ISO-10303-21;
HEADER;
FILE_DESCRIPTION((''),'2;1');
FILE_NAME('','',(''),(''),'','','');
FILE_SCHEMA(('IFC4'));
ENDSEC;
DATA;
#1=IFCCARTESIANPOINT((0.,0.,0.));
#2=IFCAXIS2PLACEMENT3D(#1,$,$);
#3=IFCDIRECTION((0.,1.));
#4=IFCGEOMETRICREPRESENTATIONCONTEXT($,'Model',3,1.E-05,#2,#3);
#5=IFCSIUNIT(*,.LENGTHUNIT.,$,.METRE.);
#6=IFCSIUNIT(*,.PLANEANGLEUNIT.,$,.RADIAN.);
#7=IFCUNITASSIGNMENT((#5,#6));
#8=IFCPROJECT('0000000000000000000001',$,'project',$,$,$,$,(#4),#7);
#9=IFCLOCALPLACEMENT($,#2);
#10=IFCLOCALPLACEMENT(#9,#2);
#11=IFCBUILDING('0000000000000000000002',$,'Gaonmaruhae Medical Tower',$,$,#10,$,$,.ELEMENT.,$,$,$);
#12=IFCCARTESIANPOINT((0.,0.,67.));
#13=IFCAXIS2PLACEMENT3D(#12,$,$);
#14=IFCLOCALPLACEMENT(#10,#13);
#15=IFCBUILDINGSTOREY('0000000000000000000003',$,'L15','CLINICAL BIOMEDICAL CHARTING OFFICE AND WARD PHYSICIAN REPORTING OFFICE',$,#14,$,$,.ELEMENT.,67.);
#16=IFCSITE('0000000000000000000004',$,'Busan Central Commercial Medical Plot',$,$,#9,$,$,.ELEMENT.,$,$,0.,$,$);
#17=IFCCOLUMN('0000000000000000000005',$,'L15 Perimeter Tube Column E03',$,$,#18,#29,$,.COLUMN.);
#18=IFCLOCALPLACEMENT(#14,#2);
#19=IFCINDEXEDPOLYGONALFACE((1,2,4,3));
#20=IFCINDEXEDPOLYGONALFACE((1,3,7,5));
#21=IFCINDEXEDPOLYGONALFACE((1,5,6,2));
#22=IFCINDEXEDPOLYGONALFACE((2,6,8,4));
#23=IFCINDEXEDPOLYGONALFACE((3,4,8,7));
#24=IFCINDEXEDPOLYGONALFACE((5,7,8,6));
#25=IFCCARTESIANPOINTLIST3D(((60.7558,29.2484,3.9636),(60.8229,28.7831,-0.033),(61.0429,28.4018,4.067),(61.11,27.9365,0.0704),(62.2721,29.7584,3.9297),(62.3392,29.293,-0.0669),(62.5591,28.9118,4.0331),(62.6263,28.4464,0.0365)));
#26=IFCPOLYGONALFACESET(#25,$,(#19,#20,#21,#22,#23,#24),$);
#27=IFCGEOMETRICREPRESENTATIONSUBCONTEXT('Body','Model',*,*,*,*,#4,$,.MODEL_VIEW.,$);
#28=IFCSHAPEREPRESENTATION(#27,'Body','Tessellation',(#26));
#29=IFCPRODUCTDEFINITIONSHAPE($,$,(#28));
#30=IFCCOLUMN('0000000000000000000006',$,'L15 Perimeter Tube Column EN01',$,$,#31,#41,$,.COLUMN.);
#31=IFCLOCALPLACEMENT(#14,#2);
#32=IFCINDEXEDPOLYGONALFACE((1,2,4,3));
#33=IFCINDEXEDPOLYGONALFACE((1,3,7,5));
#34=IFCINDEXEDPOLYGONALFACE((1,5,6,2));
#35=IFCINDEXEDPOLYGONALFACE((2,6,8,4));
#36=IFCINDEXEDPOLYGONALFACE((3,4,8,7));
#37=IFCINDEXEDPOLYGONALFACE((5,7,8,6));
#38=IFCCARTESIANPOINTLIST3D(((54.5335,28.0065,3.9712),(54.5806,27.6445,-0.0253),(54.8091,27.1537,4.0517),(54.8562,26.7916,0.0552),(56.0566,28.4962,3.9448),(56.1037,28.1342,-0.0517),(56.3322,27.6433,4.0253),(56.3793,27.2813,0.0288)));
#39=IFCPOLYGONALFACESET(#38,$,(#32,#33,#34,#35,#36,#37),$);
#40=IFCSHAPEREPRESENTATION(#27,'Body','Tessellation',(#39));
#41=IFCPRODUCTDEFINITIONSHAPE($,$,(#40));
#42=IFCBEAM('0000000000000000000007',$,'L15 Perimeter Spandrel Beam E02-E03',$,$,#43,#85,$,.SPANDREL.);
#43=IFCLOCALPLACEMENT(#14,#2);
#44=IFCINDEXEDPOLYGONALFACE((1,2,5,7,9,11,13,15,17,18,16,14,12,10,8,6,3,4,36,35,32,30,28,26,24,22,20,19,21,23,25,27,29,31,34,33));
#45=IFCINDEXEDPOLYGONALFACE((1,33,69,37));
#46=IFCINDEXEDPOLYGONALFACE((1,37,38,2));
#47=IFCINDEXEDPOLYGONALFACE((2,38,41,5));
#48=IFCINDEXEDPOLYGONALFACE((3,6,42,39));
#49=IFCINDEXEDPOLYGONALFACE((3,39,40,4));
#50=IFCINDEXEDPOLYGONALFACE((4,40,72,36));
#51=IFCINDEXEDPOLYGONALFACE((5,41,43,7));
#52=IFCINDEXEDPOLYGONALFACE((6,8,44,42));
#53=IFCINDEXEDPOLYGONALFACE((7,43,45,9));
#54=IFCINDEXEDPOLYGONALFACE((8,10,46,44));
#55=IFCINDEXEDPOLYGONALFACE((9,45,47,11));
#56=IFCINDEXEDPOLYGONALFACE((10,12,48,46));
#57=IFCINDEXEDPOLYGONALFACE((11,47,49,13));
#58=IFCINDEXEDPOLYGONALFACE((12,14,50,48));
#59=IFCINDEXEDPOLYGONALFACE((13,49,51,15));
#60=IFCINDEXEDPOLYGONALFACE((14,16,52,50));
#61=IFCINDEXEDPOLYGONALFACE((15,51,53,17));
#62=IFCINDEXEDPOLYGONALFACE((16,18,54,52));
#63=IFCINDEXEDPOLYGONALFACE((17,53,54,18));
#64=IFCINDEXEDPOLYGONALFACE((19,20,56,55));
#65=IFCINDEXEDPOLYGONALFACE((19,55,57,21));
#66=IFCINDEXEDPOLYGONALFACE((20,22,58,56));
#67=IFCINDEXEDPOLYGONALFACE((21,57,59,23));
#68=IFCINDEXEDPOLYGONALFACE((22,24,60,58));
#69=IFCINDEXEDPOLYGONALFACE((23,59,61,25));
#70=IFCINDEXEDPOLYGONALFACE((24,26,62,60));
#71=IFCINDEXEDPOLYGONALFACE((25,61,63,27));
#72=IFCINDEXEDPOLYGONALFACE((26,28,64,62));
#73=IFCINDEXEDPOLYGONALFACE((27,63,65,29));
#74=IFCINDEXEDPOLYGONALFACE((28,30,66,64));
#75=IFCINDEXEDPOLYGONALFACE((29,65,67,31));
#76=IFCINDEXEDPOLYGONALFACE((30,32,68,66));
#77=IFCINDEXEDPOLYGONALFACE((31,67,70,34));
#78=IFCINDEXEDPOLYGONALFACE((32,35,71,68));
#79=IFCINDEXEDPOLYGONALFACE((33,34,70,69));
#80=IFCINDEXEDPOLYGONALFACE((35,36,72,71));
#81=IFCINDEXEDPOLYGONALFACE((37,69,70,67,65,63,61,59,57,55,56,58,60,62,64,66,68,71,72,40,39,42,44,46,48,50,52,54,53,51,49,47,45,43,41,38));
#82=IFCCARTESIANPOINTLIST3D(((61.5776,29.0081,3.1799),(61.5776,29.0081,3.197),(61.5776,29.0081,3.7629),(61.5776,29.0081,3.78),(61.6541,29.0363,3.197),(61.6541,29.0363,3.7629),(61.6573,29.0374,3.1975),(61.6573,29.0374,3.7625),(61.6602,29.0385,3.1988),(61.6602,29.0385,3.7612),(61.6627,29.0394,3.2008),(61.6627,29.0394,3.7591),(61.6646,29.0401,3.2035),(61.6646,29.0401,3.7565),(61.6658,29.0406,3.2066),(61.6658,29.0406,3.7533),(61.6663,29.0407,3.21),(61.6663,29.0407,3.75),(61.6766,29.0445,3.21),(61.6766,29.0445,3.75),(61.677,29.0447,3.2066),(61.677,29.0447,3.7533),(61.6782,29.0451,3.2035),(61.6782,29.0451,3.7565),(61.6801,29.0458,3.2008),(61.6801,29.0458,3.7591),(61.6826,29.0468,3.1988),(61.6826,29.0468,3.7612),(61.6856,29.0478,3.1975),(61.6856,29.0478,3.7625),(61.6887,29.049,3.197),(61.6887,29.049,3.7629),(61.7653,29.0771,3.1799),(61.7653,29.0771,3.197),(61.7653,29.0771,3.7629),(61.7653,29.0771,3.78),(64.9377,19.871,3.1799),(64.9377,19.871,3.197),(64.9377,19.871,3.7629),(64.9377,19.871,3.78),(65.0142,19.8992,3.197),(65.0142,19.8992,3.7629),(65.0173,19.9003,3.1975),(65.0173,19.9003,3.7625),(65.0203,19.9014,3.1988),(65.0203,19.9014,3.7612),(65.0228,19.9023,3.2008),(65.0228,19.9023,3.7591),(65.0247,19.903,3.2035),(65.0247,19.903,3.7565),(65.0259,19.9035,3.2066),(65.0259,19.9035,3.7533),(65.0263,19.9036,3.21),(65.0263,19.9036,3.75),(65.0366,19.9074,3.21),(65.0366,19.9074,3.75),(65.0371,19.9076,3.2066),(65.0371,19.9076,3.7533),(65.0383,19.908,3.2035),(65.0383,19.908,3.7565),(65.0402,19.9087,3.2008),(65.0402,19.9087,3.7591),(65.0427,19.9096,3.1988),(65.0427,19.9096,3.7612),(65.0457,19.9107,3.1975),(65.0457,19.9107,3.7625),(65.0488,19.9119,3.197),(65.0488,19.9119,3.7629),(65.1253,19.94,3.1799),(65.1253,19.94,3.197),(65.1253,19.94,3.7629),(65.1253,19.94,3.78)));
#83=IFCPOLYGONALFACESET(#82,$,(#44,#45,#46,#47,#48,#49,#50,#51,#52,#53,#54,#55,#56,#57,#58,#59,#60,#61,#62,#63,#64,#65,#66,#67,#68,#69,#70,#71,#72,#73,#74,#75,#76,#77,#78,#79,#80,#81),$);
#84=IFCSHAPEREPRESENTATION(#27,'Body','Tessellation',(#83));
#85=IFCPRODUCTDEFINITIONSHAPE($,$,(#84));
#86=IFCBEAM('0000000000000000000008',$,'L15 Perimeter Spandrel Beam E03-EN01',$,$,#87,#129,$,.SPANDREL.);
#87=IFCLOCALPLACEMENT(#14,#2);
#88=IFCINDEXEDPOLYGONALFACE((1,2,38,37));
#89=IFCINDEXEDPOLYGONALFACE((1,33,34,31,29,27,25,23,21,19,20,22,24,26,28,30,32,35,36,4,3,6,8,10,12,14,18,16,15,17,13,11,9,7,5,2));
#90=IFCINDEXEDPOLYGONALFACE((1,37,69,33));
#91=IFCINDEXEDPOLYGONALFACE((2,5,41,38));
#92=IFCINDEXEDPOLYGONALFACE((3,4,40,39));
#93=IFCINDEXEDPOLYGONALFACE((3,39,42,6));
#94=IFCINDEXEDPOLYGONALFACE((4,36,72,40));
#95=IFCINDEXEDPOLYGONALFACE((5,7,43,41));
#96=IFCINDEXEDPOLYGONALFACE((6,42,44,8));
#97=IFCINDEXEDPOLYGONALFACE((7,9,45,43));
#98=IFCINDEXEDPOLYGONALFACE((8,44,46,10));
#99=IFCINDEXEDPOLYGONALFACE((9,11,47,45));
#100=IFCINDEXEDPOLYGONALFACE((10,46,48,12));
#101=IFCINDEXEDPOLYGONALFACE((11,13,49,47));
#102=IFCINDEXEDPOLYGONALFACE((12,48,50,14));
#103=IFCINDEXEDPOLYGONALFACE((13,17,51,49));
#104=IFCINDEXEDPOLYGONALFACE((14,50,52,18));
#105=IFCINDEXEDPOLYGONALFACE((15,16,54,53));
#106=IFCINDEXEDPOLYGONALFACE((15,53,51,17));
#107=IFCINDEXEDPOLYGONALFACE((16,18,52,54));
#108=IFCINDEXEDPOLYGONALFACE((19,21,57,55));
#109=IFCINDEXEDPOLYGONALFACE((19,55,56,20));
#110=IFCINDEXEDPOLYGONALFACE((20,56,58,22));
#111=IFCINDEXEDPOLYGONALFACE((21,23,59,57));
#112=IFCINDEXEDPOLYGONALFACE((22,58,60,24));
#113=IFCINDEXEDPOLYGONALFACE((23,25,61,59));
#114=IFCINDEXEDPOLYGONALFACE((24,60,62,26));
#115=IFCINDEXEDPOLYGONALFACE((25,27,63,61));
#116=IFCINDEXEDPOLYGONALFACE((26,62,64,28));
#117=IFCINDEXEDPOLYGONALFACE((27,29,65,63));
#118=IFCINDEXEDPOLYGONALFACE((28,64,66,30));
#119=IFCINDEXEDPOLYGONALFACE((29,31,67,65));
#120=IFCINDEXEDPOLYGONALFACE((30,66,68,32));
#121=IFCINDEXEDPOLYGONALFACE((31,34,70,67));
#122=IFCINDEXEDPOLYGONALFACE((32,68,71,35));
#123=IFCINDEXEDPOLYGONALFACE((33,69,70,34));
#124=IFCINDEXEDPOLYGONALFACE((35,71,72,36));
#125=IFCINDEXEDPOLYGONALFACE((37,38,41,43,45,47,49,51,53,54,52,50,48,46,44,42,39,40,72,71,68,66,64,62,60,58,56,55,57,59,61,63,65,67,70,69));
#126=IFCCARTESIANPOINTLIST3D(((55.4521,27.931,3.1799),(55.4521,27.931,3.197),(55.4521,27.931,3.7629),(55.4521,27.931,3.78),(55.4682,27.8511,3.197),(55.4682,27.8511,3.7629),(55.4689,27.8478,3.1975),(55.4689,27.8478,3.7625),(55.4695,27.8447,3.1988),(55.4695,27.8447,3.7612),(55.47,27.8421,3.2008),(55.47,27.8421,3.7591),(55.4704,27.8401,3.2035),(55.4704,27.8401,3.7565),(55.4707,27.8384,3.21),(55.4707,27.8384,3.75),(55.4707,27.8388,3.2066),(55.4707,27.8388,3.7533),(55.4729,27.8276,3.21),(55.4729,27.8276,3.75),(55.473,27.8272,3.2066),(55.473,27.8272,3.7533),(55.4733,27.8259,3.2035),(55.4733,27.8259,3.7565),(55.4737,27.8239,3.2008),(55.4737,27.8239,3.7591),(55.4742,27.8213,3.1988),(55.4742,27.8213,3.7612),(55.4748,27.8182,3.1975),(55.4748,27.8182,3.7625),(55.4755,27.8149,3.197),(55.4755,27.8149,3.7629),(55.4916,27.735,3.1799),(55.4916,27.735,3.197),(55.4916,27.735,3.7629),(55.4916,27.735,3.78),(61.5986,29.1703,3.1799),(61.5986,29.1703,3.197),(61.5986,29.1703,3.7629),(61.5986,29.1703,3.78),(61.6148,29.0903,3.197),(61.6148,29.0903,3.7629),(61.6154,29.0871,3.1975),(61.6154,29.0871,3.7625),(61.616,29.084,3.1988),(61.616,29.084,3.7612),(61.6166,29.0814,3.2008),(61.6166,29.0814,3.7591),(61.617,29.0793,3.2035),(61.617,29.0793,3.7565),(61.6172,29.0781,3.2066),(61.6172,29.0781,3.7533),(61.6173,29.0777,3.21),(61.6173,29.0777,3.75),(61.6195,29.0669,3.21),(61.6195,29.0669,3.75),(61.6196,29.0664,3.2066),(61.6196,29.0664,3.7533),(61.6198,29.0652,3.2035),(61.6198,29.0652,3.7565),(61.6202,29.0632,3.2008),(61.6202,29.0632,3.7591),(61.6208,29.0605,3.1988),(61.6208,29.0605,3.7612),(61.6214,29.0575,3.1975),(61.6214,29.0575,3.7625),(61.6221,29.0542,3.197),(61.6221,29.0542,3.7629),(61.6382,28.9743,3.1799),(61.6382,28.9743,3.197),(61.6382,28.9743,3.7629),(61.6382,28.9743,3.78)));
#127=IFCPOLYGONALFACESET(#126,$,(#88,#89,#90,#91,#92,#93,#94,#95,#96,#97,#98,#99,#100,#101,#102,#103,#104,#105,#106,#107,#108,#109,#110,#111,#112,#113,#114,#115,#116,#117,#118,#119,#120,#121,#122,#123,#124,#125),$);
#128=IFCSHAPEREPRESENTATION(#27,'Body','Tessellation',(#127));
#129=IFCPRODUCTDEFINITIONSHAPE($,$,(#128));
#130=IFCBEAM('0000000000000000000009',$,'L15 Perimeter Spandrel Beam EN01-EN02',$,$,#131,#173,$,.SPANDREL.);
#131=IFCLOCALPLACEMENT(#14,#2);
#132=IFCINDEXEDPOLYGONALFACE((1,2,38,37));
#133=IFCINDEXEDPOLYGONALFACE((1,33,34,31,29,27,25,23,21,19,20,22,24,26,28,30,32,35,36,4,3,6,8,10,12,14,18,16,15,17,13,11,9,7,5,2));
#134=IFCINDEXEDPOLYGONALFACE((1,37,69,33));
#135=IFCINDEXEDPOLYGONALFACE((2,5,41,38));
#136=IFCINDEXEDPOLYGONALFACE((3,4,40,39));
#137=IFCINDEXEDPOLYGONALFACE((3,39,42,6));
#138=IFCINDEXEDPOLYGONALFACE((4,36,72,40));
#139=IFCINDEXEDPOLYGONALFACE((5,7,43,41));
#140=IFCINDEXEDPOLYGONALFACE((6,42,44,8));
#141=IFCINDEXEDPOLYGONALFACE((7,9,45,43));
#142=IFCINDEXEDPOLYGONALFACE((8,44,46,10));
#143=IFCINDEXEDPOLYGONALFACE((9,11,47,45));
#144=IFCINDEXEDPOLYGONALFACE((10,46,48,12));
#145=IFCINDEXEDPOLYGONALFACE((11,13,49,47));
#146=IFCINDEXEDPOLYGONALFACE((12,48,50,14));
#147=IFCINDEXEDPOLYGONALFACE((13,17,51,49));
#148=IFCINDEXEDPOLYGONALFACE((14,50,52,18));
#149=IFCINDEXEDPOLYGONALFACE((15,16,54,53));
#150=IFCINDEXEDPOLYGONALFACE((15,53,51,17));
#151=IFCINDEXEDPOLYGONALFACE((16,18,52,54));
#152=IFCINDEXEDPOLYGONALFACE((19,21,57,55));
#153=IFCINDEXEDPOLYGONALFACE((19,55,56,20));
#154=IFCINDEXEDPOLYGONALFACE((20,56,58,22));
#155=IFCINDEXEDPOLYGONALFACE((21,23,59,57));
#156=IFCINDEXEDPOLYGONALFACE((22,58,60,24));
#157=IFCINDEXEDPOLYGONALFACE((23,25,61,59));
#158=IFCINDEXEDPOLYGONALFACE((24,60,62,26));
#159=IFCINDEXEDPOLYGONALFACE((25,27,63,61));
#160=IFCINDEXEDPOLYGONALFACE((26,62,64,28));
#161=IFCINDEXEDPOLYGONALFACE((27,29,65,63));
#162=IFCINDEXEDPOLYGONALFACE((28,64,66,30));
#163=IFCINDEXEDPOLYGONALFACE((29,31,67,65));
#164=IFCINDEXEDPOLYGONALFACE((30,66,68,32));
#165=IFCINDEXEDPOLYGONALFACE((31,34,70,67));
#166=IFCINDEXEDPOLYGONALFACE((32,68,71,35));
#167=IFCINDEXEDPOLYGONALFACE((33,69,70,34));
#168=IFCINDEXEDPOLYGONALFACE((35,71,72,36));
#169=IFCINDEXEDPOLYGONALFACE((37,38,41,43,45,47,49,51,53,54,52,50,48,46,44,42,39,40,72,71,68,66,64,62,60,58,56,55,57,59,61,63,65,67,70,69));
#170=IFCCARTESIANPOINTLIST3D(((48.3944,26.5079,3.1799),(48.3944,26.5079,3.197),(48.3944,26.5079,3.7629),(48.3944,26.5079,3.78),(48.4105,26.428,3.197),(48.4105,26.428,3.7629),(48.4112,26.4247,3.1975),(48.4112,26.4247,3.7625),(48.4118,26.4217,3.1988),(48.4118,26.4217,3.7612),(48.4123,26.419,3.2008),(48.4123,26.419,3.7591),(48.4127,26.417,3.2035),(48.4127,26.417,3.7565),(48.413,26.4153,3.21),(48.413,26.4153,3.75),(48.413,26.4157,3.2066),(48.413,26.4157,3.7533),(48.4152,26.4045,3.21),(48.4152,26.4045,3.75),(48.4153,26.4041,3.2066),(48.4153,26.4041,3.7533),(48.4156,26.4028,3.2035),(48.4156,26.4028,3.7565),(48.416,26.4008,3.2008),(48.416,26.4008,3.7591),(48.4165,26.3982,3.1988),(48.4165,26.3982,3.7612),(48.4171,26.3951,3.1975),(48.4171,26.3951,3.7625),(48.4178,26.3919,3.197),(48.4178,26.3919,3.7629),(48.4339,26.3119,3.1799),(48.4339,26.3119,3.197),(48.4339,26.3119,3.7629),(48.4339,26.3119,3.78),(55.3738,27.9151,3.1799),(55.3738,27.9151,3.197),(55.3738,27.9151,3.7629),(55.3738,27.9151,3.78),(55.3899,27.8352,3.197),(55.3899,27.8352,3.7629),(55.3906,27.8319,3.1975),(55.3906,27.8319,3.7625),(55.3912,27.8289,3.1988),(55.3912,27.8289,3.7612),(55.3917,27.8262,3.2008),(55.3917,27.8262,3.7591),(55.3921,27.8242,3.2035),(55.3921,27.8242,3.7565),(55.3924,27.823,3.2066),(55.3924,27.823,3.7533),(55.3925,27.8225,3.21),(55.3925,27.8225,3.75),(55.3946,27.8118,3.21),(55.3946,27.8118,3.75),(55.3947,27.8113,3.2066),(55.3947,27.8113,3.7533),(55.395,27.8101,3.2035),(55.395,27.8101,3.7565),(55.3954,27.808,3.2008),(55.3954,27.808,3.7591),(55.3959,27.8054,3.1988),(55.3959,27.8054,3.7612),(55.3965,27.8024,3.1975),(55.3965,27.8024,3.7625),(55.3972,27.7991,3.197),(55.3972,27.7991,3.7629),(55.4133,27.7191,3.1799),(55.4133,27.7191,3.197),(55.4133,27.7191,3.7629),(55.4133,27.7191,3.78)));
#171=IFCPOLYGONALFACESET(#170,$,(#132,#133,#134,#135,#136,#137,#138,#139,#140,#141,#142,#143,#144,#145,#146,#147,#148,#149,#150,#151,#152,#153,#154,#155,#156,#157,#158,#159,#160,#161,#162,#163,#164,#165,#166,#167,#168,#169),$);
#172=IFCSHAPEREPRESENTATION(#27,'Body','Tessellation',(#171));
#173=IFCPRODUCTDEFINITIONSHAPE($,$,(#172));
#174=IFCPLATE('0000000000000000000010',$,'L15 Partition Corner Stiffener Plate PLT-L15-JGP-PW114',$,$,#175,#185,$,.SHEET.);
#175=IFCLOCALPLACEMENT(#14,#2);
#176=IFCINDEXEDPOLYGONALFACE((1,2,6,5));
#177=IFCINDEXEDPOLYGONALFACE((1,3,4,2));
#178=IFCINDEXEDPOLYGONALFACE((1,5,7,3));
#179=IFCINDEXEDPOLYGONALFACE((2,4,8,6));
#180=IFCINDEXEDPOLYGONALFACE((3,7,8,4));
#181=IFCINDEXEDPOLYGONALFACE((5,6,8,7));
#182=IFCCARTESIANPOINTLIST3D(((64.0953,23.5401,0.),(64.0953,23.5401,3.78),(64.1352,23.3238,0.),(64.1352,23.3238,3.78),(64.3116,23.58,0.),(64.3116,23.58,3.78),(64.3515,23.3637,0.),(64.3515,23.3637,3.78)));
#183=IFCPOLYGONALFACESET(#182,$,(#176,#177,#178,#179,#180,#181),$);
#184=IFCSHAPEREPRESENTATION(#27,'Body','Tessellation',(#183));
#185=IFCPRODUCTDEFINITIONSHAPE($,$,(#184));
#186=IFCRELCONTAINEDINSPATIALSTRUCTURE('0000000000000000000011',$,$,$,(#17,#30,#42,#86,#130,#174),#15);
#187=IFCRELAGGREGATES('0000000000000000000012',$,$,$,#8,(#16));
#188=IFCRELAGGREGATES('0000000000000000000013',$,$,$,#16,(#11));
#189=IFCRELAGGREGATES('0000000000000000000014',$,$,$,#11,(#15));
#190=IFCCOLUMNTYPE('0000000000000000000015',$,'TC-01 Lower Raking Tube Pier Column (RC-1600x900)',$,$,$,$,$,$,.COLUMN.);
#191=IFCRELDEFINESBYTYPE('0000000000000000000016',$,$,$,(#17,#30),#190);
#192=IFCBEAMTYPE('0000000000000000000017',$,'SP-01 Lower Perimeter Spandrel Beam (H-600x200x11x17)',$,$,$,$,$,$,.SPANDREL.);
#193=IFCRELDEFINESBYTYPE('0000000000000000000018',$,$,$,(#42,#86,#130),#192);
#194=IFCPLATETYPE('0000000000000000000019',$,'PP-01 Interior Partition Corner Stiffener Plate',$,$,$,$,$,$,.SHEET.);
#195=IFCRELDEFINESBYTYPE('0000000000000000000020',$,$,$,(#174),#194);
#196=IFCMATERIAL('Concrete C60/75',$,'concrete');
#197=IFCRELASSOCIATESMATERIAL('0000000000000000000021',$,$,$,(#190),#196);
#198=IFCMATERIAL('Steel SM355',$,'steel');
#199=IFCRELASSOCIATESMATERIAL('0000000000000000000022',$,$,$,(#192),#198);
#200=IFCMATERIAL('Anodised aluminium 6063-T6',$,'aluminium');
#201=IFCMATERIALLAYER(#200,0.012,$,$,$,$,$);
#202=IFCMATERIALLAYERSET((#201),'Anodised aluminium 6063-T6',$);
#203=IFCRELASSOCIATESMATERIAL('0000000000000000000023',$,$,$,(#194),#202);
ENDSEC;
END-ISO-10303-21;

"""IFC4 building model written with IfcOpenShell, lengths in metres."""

from ifc_helpers import new_model, si_unit, direction, frame, origin, origin_2d, place, context, subcontext, project, spatial, rectangle, i_section, extrude, material, layer, layer_set, material_profile, profile_set, type_object, element, save


model = new_model("IFC4")

# Units and contexts
model_context = context("Model", 3, precision=1e-05, world=origin(), true_north=direction((0.0, 1.0)))
body_context = subcontext(model_context, "Body", "Model", "MODEL_VIEW")
ifc_project = project(units=[si_unit("LENGTHUNIT", "METRE"), si_unit("PLANEANGLEUNIT", "RADIAN")], contexts=[model_context])

# Site, building, storey
site_placement = place(None, origin())
site = spatial("IfcSite", under=ifc_project, at=site_placement, Name="Busan Central Commercial Medical Plot", CompositionType="ELEMENT", RefElevation=0.0)
building_placement = place(site_placement, origin())
building = spatial("IfcBuilding", under=site, at=building_placement, Name="Gaonmaruhae Medical Tower", CompositionType="ELEMENT")
storey_placement = place(building_placement, frame((0.0, 0.0, 67.0)))
storey = spatial("IfcBuildingStorey", under=building, at=storey_placement, Name="L15", Description="CLINICAL BIOMEDICAL CHARTING OFFICE AND WARD PHYSICIAN REPORTING OFFICE", CompositionType="ELEMENT", Elevation=67.0)

# Columns
ifc_material_1 = material(Name="Concrete C60/75", Category="concrete")
ifc_material_profile_1 = material_profile(ifc_material_1, rectangle(XDim=1.6001, YDim=0.8999, at=origin_2d()), Name="RC-1600x900")
ifc_profile_set_1 = profile_set([ifc_material_profile_1], Name="Concrete C60/75")
column_type = type_object("IfcColumnType", Name="TC-01 Lower Raking Tube Pier Column (RC-1600x900)", PredefinedType="COLUMN", material=ifc_profile_set_1)
column_1_placement = place(storey_placement, frame((61.7246, 28.6147, 0.0017), z_axis=(-0.016684, 0.115635, 0.993152), x_axis=(-0.947611, -0.318723, 0.021191)))
element("IfcColumn", 1, at=column_1_placement, inside=storey, type_object=column_type, Name="L15 Perimeter Tube Column E03", PredefinedType="COLUMN", context=body_context, shape_type="SweptSolid", body=[
    extrude(rectangle(XDim=1.6001, YDim=0.8999, at=origin_2d()), origin(), (0.0, 0.0, 1.0), 4.0242),
])
column_2_placement = place(storey_placement, frame((55.48, 27.4629, 0.0017), z_axis=(-0.011741, 0.090217, 0.995853), x_axis=(-0.95188, -0.306028, 0.016501)))
element("IfcColumn", 2, at=column_2_placement, inside=storey, type_object=column_type, Name="L15 Perimeter Tube Column EN01", PredefinedType="COLUMN", context=body_context, shape_type="SweptSolid", body=[
    extrude(rectangle(XDim=1.6001, YDim=0.8999, at=origin_2d()), origin(), (0.0, 0.0, 1.0), 4.0132),
])

# Beams
ifc_material_2 = material(Name="Steel SM355", Category="steel")
ifc_material_profile_2 = material_profile(ifc_material_2, i_section(OverallWidth=0.2, OverallDepth=0.6001, WebThickness=0.011, FlangeThickness=0.0171, FilletRadius=0.0129, at=origin_2d()), Name="H-600x200x11x17")
ifc_profile_set_2 = profile_set([ifc_material_profile_2], Name="Steel SM355")
beam_type = type_object("IfcBeamType", Name="SP-01 Lower Perimeter Spandrel Beam (H-600x200x11x17)", PredefinedType="SPANDREL", material=ifc_profile_set_2)
beam_1_placement = place(storey_placement, frame((65.0315, 19.9055, 3.48), z_axis=(-0.345142, 0.938551, 0.0), x_axis=(-0.938551, -0.345142, 0.0)))
element("IfcBeam", 3, at=beam_1_placement, inside=storey, type_object=beam_type, Name="L15 Perimeter Spandrel Beam E02-E03", PredefinedType="SPANDREL", context=body_context, shape_type="SweptSolid", body=[
    extrude(i_section(OverallWidth=0.2, OverallDepth=0.6001, WebThickness=0.011, FlangeThickness=0.0171, FilletRadius=0.0129, at=origin_2d()), origin(), (0.0, 0.0, 1.0), 9.7354),
])
beam_2_placement = place(storey_placement, frame((61.6184, 29.0723, 3.48), z_axis=(-0.980274, -0.197643, 0.0), x_axis=(0.197643, -0.980274, 0.0)))
element("IfcBeam", 4, at=beam_2_placement, inside=storey, type_object=beam_type, Name="L15 Perimeter Spandrel Beam E03-EN01", PredefinedType="SPANDREL", context=body_context, shape_type="SweptSolid", body=[
    extrude(i_section(OverallWidth=0.2, OverallDepth=0.6001, WebThickness=0.011, FlangeThickness=0.0171, FilletRadius=0.0129, at=origin_2d()), origin(), (0.0, 0.0, 1.0), 6.2703),
])
beam_3_placement = place(storey_placement, frame((55.3936, 27.8171, 3.48), z_axis=(-0.980274, -0.197646, 0.0), x_axis=(0.197646, -0.980274, 0.0)))
element("IfcBeam", 5, at=beam_3_placement, inside=storey, type_object=beam_type, Name="L15 Perimeter Spandrel Beam EN01-EN02", PredefinedType="SPANDREL", context=body_context, shape_type="SweptSolid", body=[
    extrude(i_section(OverallWidth=0.2, OverallDepth=0.6001, WebThickness=0.011, FlangeThickness=0.0171, FilletRadius=0.0129, at=origin_2d()), origin(), (0.0, 0.0, 1.0), 7.1199),
])

# Plate
ifc_material_3 = material(Name="Anodised aluminium 6063-T6", Category="aluminium")
ifc_layer_1 = layer(ifc_material_3, 0.012)
ifc_layer_set_1 = layer_set([ifc_layer_1], Name="Anodised aluminium 6063-T6")
plate_type = type_object("IfcPlateType", Name="PP-01 Interior Partition Corner Stiffener Plate", PredefinedType="SHEET", material=ifc_layer_set_1)
plate_placement = place(storey_placement, frame((64.2234, 23.4519, 0.0), z_axis=(0.0, 0.0, 1.0), x_axis=(0.983414, 0.181377, 0.0)))
element("IfcPlate", 6, at=plate_placement, inside=storey, type_object=plate_type, Name="L15 Partition Corner Stiffener Plate PLT-L15-JGP-PW114", PredefinedType="SHEET", context=body_context, shape_type="SweptSolid", body=[
    extrude(rectangle(XDim=0.22, YDim=0.22, at=origin_2d()), origin(), (0.0, 0.0, 1.0), 3.78),
])

save(model, "model.ifc")
